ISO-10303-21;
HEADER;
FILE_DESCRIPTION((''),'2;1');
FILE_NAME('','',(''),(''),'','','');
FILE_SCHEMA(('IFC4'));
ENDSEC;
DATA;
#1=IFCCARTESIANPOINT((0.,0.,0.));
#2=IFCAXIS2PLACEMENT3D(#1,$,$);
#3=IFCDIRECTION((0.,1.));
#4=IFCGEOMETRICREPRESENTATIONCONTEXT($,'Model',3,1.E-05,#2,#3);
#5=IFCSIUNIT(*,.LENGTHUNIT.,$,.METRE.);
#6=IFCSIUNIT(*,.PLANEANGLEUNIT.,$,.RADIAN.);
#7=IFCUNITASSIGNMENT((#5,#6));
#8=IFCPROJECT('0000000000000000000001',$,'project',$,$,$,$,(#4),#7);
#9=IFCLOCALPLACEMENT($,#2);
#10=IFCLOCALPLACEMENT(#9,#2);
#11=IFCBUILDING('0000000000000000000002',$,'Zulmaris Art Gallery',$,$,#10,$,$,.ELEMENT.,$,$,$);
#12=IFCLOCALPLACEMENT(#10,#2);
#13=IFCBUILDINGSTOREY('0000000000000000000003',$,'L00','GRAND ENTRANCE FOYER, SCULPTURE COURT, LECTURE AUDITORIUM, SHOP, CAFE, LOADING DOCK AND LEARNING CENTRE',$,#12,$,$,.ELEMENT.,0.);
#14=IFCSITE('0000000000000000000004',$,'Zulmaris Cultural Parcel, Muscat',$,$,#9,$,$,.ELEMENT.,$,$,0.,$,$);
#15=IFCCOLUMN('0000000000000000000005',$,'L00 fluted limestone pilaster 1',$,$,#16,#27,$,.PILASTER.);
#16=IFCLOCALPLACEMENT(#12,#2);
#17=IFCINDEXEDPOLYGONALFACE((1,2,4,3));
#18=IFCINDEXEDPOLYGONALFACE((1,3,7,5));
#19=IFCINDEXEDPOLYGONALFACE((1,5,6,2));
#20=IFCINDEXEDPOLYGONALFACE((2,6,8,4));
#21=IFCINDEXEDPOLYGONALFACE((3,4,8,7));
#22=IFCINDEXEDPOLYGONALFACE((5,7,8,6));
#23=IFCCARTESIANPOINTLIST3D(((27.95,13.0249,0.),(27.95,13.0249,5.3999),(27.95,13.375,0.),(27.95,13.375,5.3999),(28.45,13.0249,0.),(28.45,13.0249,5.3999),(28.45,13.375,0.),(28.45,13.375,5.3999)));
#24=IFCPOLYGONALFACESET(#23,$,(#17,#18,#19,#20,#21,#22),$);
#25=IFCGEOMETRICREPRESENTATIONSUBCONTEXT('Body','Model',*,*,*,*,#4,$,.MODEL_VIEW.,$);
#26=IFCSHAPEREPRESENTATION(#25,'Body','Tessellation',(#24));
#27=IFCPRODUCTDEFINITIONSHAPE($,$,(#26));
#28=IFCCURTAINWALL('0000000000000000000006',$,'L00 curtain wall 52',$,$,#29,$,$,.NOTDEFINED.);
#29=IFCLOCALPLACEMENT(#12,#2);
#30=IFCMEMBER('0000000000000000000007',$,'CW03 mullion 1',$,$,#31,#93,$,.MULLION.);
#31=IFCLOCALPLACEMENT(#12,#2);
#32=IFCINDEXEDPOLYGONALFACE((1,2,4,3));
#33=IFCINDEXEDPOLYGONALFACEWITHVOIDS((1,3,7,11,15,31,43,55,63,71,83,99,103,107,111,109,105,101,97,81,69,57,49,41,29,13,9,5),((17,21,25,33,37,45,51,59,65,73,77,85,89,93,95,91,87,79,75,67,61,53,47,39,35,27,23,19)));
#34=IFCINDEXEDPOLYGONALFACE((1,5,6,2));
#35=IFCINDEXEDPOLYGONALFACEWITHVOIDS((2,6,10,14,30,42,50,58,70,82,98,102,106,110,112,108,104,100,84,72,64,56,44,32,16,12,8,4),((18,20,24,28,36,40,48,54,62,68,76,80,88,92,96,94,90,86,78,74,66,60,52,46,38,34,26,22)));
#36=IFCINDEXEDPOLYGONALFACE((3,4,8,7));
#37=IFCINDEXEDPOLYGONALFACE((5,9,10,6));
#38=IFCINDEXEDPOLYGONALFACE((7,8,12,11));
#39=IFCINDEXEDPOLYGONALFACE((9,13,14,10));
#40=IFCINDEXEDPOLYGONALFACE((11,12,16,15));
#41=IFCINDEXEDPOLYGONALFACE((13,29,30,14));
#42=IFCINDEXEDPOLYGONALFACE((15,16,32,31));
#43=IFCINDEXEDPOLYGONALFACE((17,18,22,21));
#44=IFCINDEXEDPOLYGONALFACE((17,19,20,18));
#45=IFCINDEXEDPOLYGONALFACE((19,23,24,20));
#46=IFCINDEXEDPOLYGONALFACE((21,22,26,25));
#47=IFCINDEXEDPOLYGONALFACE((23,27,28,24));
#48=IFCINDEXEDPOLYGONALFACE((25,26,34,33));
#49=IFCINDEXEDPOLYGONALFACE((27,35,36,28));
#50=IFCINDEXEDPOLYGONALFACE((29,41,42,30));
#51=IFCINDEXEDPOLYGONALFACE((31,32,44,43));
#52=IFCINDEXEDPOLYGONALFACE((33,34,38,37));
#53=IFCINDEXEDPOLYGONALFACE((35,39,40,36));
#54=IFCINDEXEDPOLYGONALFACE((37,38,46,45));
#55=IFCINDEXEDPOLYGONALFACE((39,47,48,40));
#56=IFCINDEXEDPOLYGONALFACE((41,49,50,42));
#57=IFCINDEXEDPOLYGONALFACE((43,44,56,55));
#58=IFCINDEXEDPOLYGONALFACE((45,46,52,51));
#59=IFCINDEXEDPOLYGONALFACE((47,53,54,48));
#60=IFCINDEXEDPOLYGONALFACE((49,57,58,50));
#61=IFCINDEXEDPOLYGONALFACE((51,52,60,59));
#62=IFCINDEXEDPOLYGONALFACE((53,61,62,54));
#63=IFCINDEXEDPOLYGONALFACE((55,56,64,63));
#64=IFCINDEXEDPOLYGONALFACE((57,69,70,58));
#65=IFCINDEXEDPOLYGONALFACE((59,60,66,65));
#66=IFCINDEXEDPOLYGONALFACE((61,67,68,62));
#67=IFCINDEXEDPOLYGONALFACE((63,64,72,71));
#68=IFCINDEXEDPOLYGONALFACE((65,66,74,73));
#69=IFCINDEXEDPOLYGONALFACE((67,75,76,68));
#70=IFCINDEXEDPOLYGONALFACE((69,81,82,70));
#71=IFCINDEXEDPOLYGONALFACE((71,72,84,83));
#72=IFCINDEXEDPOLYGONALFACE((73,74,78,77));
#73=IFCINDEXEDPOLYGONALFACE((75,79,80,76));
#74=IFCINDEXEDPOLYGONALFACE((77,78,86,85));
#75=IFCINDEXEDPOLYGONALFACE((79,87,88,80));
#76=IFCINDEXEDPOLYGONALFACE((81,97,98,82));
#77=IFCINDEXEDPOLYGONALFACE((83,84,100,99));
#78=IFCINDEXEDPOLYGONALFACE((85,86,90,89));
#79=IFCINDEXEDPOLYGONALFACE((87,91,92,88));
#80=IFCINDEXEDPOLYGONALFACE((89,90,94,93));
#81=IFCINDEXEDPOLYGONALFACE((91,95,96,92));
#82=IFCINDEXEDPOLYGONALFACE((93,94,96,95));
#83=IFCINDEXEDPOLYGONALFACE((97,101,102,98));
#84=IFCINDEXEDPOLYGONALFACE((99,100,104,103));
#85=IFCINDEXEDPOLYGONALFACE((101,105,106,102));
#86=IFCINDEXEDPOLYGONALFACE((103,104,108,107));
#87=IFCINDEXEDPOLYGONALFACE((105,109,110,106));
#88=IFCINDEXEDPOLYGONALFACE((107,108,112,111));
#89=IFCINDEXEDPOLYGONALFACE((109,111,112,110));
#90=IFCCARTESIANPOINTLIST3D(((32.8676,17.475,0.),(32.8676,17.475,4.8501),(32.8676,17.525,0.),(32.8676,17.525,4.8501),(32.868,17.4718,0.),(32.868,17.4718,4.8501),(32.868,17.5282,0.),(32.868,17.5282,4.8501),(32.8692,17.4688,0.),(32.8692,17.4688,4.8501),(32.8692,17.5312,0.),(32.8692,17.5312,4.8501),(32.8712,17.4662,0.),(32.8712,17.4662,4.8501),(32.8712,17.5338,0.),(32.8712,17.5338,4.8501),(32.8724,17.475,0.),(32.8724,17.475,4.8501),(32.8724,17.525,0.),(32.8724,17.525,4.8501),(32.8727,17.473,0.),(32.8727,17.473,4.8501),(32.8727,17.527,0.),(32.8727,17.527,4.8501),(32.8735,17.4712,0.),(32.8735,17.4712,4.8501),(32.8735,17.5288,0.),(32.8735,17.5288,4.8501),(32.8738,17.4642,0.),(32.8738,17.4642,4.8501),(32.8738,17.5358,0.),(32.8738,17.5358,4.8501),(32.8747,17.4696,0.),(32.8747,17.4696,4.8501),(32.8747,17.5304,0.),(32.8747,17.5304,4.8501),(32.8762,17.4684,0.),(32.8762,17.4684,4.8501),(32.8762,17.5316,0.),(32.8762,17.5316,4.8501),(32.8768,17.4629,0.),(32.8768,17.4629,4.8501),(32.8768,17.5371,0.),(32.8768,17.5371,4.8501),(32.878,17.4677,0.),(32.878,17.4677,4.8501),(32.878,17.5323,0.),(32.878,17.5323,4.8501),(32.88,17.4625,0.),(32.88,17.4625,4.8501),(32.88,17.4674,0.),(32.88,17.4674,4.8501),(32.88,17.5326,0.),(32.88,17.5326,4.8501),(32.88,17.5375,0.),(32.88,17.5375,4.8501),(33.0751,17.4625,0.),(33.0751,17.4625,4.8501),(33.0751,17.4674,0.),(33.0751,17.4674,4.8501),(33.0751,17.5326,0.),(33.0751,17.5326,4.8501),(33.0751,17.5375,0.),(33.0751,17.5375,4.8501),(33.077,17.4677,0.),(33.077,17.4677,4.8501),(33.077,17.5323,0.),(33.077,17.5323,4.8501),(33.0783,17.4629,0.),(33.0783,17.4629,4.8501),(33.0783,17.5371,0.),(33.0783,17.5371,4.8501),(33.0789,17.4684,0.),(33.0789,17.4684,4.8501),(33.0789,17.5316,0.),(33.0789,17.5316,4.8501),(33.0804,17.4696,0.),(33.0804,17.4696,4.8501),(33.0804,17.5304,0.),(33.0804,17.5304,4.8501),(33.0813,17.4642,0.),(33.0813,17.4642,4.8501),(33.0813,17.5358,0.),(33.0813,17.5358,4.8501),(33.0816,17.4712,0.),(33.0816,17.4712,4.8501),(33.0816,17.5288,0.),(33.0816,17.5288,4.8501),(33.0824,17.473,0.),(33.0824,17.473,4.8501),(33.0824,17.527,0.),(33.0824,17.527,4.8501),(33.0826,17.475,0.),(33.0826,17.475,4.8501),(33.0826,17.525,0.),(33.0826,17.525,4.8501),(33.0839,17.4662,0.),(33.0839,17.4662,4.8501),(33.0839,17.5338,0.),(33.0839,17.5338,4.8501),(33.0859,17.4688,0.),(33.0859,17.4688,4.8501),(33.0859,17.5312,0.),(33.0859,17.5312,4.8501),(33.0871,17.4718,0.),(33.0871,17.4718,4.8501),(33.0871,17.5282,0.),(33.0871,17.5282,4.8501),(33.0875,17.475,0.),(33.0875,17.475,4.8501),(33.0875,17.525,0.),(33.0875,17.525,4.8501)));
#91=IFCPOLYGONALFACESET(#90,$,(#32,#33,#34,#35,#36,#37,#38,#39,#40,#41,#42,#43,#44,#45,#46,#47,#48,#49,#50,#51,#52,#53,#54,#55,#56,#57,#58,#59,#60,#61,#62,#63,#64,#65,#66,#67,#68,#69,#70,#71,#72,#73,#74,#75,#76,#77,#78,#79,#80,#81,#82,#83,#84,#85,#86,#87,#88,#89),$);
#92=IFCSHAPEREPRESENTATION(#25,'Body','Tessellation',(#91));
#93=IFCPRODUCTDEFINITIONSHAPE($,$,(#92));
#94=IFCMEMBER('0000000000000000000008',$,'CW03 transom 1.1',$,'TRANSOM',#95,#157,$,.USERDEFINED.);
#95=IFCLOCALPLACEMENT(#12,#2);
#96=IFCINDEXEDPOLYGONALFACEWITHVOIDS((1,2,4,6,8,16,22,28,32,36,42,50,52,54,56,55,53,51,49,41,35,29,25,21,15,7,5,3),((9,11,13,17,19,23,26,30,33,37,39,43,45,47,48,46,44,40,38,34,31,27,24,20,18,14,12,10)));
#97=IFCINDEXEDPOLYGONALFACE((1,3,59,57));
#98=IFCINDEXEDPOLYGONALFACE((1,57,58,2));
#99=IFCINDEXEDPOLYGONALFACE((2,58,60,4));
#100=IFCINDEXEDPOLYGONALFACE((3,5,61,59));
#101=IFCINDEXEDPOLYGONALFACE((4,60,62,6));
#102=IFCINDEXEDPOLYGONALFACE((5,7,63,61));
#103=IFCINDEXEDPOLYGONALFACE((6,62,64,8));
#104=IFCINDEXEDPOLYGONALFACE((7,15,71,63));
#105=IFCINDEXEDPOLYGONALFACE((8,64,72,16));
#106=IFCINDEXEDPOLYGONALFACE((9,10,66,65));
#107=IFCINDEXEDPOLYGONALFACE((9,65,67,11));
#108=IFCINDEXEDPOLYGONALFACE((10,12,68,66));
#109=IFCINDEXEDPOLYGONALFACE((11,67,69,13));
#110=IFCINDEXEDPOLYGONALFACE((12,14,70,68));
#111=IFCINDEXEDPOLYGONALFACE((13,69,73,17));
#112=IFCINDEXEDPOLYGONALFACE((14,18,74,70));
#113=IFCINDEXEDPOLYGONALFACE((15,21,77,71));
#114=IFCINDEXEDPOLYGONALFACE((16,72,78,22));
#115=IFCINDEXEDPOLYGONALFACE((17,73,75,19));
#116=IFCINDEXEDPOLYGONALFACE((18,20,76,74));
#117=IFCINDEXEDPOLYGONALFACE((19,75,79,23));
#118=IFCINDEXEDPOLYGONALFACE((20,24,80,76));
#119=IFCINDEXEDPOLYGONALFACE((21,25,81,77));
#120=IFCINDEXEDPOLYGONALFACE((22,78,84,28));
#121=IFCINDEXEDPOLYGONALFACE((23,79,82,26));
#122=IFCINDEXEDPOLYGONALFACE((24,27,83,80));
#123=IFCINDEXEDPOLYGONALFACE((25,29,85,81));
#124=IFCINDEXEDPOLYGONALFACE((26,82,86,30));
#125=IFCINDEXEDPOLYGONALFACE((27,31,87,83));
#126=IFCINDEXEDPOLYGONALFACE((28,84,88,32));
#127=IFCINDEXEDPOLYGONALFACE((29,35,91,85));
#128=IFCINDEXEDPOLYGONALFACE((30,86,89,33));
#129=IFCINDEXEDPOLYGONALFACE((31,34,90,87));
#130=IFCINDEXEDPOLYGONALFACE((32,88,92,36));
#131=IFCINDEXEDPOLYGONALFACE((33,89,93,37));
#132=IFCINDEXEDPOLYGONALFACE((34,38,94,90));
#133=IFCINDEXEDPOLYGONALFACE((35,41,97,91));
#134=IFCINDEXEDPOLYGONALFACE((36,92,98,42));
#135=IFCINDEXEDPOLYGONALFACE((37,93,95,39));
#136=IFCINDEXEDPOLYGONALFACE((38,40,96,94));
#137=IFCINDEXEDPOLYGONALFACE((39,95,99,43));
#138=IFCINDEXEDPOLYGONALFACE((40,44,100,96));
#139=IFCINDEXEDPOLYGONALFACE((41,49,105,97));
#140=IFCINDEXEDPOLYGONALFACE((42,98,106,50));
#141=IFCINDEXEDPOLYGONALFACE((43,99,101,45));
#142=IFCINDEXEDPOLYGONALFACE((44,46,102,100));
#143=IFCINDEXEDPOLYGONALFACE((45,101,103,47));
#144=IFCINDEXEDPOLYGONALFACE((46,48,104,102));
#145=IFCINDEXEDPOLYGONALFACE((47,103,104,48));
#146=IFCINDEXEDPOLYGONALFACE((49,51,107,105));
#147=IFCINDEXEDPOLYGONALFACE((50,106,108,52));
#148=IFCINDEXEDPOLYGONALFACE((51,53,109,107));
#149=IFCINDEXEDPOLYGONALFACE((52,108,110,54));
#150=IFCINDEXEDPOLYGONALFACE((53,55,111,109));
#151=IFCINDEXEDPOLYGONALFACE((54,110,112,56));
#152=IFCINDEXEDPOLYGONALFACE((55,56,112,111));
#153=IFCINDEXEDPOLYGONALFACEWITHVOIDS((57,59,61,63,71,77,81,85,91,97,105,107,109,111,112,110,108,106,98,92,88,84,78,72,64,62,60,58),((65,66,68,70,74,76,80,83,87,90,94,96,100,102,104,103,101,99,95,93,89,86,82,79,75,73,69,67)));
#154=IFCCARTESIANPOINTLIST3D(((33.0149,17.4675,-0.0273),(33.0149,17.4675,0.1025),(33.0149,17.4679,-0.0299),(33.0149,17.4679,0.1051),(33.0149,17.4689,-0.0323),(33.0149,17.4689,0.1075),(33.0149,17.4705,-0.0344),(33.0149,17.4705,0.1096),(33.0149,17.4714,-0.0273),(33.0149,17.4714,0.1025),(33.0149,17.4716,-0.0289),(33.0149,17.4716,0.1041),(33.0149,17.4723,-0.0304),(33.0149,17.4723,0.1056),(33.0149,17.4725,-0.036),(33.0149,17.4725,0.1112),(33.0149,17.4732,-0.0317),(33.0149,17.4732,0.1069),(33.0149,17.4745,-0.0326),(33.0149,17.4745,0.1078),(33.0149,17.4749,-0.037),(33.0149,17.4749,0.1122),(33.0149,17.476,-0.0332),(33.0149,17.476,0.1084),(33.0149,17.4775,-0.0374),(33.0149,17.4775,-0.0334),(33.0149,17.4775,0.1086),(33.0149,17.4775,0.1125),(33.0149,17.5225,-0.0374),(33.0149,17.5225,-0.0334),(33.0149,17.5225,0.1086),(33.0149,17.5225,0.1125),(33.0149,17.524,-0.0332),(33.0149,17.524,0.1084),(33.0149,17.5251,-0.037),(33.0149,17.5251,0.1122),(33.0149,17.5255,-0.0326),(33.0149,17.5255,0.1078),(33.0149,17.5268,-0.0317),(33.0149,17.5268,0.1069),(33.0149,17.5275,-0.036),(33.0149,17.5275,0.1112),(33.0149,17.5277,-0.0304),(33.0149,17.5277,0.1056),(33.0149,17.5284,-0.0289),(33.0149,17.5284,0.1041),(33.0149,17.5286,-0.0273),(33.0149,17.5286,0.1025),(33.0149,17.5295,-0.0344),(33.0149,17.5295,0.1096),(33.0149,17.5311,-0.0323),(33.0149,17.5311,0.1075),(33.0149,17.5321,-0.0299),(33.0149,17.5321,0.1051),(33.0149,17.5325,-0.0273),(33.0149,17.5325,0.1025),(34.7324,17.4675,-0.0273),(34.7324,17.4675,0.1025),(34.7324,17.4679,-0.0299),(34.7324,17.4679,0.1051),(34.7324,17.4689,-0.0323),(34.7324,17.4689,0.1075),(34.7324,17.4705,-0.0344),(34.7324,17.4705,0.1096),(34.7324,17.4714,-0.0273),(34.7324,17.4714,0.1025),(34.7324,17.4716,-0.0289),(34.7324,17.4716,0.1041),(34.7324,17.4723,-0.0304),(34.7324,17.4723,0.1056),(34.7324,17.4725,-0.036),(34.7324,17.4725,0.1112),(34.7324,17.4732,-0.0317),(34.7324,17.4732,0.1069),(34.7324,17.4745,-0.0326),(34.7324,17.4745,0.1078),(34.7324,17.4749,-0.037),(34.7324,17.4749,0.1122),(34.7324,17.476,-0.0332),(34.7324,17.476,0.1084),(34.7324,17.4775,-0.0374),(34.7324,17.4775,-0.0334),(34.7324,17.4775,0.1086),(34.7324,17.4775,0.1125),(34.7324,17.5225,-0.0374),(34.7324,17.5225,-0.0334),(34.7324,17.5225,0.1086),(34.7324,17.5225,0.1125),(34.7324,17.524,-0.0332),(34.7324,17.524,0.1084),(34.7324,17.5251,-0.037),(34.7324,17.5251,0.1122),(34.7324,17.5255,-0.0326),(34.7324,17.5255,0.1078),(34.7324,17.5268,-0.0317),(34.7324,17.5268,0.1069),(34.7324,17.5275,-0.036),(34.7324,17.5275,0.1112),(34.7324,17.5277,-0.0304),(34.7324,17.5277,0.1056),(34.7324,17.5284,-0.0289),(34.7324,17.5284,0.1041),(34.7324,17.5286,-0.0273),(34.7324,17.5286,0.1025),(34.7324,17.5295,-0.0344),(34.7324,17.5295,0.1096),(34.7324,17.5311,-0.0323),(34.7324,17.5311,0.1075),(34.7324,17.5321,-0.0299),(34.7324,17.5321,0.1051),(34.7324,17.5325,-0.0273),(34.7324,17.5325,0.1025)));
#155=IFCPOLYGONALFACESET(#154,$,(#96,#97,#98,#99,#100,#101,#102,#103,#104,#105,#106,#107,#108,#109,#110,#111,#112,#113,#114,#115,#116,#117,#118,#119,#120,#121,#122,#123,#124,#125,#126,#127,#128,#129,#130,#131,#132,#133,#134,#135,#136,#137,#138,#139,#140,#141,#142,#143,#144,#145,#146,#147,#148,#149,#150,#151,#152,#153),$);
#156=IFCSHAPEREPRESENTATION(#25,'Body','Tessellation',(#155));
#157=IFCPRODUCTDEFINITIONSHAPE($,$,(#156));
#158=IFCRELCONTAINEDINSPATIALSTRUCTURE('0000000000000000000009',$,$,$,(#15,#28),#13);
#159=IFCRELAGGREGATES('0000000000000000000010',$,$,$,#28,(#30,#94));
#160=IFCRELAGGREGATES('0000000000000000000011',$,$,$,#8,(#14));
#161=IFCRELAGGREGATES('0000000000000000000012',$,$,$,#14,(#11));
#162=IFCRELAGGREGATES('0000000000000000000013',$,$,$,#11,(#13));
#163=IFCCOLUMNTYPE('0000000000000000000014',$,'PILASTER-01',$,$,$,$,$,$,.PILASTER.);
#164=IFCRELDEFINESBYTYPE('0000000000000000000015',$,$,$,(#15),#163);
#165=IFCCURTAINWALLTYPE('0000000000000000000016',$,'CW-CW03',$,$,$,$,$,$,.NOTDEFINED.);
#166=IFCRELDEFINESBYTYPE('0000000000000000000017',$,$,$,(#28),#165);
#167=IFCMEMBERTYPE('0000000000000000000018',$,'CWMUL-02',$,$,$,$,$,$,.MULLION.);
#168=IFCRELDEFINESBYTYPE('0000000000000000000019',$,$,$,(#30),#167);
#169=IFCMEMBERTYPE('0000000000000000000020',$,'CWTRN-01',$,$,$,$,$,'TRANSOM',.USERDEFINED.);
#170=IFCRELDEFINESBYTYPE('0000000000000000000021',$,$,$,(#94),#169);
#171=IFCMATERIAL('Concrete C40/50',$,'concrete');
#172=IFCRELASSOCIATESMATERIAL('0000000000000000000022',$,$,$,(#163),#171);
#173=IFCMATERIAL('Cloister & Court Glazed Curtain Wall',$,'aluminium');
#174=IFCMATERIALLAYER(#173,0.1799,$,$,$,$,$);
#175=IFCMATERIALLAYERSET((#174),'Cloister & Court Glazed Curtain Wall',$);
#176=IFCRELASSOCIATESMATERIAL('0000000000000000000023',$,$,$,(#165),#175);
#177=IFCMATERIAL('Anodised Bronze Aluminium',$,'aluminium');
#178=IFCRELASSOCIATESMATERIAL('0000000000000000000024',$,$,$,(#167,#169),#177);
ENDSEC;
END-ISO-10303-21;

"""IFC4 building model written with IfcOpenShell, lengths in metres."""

from ifc_helpers import new_model, si_unit, direction, frame, origin, origin_2d, place, context, subcontext, project, spatial, rectangle, hollow_rectangle, extrude, material, layer, layer_set, material_profile, profile_set, type_object, element, aggregate, save


model = new_model("IFC4")

# Units and contexts
model_context = context("Model", 3, precision=1e-05, world=origin(), true_north=direction((0.0, 1.0)))
body_context = subcontext(model_context, "Body", "Model", "MODEL_VIEW")
ifc_project = project(units=[si_unit("LENGTHUNIT", "METRE"), si_unit("PLANEANGLEUNIT", "RADIAN")], contexts=[model_context])

# Site, building, storey
site_placement = place(None, origin())
site = spatial("IfcSite", under=ifc_project, at=site_placement, Name="Zulmaris Cultural Parcel, Muscat", CompositionType="ELEMENT", RefElevation=0.0)
building_placement = place(site_placement, origin())
building = spatial("IfcBuilding", under=site, at=building_placement, Name="Zulmaris Art Gallery", CompositionType="ELEMENT")
storey_placement = place(building_placement, origin())
storey = spatial("IfcBuildingStorey", under=building, at=storey_placement, Name="L00", Description="GRAND ENTRANCE FOYER, SCULPTURE COURT, LECTURE AUDITORIUM, SHOP, CAFE, LOADING DOCK AND LEARNING CENTRE", CompositionType="ELEMENT", Elevation=0.0)

# Shared definitions
ifc_material_1 = material(Name="Concrete C40/50", Category="concrete")

# Column
ifc_material_profile_1 = material_profile(ifc_material_1, rectangle(XDim=0.5, YDim=0.3501, at=origin_2d()), Name="PIL 500x350")
ifc_profile_set_1 = profile_set([ifc_material_profile_1], Name="Concrete C40/50")
column_type_1 = type_object("IfcColumnType", Name="PILASTER-01", PredefinedType="PILASTER", material=ifc_profile_set_1)
column_1_placement = place(storey_placement, frame((28.2, 13.2, 0.0), z_axis=(0.0, 0.0, 1.0), x_axis=(1.0, 0.0, 0.0)))
element("IfcColumn", 1, at=column_1_placement, inside=storey, type_object=column_type_1, Name="L00 fluted limestone pilaster 1", PredefinedType="PILASTER", context=body_context, shape_type="SweptSolid", body=[
    extrude(rectangle(XDim=0.5, YDim=0.3501, at=origin_2d()), origin(), (0.0, 0.0, 1.0), 5.3999),
])

# Curtain wall, members
ifc_material_2 = material(Name="Cloister & Court Glazed Curtain Wall", Category="aluminium")
ifc_layer_1 = layer(ifc_material_2, 0.1799)
ifc_layer_set_1 = layer_set([ifc_layer_1], Name="Cloister & Court Glazed Curtain Wall")
curtain_wall_type = type_object("IfcCurtainWallType", Name="CW-CW03", PredefinedType="NOTDEFINED", material=ifc_layer_set_1)
curtain_wall_placement = place(storey_placement, origin())
curtain_wall = element("IfcCurtainWall", 2, at=curtain_wall_placement, inside=storey, type_object=curtain_wall_type, Name="L00 curtain wall 52", PredefinedType="NOTDEFINED")
ifc_material_3 = material(Name="Anodised Bronze Aluminium", Category="aluminium")
ifc_material_profile_2 = material_profile(ifc_material_3, hollow_rectangle(XDim=0.075, YDim=0.22, WallThickness=0.0049, InnerFilletRadius=0.0076, OuterFilletRadius=0.0125, at=origin_2d()), Name="ALU 75x220x5")
ifc_profile_set_2 = profile_set([ifc_material_profile_2], Name="Anodised Bronze Aluminium")
member_type_1 = type_object("IfcMemberType", Name="CWMUL-02", PredefinedType="MULLION", material=ifc_profile_set_2)
member_1_placement = place(storey_placement, frame((32.9775, 17.5, 0.0), z_axis=(0.0, 0.0, 1.0), x_axis=(0.0, 1.0, 0.0)))
member_1 = element("IfcMember", 3, at=member_1_placement, type_object=member_type_1, Name="CW03 mullion 1", PredefinedType="MULLION", context=body_context, shape_type="SweptSolid", body=[
    extrude(hollow_rectangle(XDim=0.075, YDim=0.22, WallThickness=0.0049, InnerFilletRadius=0.0076, OuterFilletRadius=0.0125, at=origin_2d()), origin(), (0.0, 0.0, 1.0), 4.8501),
])
ifc_material_profile_3 = material_profile(ifc_material_3, hollow_rectangle(XDim=0.0649, YDim=0.1499, WallThickness=0.0039, InnerFilletRadius=0.0061, OuterFilletRadius=0.01, at=origin_2d()), Name="ALU 65x150x4")
ifc_profile_set_3 = profile_set([ifc_material_profile_3], Name="Anodised Bronze Aluminium")
member_type_2 = type_object("IfcMemberType", Name="CWTRN-01", ElementType="TRANSOM", PredefinedType="USERDEFINED", material=ifc_profile_set_3)
member_2_placement = place(storey_placement, frame((33.0149, 17.5, 0.0376), z_axis=(1.0, 0.0, 0.0), x_axis=(0.0, 1.0, 0.0)))
member_2 = element("IfcMember", 4, at=member_2_placement, type_object=member_type_2, Name="CW03 transom 1.1", ObjectType="TRANSOM", PredefinedType="USERDEFINED", context=body_context, shape_type="SweptSolid", body=[
    extrude(hollow_rectangle(XDim=0.0649, YDim=0.1499, WallThickness=0.0039, InnerFilletRadius=0.0061, OuterFilletRadius=0.01, at=origin_2d()), origin(), (0.0, 0.0, 1.0), 1.7175),
])
aggregate(curtain_wall, [member_1, member_2])

save(model, "model.ifc")
